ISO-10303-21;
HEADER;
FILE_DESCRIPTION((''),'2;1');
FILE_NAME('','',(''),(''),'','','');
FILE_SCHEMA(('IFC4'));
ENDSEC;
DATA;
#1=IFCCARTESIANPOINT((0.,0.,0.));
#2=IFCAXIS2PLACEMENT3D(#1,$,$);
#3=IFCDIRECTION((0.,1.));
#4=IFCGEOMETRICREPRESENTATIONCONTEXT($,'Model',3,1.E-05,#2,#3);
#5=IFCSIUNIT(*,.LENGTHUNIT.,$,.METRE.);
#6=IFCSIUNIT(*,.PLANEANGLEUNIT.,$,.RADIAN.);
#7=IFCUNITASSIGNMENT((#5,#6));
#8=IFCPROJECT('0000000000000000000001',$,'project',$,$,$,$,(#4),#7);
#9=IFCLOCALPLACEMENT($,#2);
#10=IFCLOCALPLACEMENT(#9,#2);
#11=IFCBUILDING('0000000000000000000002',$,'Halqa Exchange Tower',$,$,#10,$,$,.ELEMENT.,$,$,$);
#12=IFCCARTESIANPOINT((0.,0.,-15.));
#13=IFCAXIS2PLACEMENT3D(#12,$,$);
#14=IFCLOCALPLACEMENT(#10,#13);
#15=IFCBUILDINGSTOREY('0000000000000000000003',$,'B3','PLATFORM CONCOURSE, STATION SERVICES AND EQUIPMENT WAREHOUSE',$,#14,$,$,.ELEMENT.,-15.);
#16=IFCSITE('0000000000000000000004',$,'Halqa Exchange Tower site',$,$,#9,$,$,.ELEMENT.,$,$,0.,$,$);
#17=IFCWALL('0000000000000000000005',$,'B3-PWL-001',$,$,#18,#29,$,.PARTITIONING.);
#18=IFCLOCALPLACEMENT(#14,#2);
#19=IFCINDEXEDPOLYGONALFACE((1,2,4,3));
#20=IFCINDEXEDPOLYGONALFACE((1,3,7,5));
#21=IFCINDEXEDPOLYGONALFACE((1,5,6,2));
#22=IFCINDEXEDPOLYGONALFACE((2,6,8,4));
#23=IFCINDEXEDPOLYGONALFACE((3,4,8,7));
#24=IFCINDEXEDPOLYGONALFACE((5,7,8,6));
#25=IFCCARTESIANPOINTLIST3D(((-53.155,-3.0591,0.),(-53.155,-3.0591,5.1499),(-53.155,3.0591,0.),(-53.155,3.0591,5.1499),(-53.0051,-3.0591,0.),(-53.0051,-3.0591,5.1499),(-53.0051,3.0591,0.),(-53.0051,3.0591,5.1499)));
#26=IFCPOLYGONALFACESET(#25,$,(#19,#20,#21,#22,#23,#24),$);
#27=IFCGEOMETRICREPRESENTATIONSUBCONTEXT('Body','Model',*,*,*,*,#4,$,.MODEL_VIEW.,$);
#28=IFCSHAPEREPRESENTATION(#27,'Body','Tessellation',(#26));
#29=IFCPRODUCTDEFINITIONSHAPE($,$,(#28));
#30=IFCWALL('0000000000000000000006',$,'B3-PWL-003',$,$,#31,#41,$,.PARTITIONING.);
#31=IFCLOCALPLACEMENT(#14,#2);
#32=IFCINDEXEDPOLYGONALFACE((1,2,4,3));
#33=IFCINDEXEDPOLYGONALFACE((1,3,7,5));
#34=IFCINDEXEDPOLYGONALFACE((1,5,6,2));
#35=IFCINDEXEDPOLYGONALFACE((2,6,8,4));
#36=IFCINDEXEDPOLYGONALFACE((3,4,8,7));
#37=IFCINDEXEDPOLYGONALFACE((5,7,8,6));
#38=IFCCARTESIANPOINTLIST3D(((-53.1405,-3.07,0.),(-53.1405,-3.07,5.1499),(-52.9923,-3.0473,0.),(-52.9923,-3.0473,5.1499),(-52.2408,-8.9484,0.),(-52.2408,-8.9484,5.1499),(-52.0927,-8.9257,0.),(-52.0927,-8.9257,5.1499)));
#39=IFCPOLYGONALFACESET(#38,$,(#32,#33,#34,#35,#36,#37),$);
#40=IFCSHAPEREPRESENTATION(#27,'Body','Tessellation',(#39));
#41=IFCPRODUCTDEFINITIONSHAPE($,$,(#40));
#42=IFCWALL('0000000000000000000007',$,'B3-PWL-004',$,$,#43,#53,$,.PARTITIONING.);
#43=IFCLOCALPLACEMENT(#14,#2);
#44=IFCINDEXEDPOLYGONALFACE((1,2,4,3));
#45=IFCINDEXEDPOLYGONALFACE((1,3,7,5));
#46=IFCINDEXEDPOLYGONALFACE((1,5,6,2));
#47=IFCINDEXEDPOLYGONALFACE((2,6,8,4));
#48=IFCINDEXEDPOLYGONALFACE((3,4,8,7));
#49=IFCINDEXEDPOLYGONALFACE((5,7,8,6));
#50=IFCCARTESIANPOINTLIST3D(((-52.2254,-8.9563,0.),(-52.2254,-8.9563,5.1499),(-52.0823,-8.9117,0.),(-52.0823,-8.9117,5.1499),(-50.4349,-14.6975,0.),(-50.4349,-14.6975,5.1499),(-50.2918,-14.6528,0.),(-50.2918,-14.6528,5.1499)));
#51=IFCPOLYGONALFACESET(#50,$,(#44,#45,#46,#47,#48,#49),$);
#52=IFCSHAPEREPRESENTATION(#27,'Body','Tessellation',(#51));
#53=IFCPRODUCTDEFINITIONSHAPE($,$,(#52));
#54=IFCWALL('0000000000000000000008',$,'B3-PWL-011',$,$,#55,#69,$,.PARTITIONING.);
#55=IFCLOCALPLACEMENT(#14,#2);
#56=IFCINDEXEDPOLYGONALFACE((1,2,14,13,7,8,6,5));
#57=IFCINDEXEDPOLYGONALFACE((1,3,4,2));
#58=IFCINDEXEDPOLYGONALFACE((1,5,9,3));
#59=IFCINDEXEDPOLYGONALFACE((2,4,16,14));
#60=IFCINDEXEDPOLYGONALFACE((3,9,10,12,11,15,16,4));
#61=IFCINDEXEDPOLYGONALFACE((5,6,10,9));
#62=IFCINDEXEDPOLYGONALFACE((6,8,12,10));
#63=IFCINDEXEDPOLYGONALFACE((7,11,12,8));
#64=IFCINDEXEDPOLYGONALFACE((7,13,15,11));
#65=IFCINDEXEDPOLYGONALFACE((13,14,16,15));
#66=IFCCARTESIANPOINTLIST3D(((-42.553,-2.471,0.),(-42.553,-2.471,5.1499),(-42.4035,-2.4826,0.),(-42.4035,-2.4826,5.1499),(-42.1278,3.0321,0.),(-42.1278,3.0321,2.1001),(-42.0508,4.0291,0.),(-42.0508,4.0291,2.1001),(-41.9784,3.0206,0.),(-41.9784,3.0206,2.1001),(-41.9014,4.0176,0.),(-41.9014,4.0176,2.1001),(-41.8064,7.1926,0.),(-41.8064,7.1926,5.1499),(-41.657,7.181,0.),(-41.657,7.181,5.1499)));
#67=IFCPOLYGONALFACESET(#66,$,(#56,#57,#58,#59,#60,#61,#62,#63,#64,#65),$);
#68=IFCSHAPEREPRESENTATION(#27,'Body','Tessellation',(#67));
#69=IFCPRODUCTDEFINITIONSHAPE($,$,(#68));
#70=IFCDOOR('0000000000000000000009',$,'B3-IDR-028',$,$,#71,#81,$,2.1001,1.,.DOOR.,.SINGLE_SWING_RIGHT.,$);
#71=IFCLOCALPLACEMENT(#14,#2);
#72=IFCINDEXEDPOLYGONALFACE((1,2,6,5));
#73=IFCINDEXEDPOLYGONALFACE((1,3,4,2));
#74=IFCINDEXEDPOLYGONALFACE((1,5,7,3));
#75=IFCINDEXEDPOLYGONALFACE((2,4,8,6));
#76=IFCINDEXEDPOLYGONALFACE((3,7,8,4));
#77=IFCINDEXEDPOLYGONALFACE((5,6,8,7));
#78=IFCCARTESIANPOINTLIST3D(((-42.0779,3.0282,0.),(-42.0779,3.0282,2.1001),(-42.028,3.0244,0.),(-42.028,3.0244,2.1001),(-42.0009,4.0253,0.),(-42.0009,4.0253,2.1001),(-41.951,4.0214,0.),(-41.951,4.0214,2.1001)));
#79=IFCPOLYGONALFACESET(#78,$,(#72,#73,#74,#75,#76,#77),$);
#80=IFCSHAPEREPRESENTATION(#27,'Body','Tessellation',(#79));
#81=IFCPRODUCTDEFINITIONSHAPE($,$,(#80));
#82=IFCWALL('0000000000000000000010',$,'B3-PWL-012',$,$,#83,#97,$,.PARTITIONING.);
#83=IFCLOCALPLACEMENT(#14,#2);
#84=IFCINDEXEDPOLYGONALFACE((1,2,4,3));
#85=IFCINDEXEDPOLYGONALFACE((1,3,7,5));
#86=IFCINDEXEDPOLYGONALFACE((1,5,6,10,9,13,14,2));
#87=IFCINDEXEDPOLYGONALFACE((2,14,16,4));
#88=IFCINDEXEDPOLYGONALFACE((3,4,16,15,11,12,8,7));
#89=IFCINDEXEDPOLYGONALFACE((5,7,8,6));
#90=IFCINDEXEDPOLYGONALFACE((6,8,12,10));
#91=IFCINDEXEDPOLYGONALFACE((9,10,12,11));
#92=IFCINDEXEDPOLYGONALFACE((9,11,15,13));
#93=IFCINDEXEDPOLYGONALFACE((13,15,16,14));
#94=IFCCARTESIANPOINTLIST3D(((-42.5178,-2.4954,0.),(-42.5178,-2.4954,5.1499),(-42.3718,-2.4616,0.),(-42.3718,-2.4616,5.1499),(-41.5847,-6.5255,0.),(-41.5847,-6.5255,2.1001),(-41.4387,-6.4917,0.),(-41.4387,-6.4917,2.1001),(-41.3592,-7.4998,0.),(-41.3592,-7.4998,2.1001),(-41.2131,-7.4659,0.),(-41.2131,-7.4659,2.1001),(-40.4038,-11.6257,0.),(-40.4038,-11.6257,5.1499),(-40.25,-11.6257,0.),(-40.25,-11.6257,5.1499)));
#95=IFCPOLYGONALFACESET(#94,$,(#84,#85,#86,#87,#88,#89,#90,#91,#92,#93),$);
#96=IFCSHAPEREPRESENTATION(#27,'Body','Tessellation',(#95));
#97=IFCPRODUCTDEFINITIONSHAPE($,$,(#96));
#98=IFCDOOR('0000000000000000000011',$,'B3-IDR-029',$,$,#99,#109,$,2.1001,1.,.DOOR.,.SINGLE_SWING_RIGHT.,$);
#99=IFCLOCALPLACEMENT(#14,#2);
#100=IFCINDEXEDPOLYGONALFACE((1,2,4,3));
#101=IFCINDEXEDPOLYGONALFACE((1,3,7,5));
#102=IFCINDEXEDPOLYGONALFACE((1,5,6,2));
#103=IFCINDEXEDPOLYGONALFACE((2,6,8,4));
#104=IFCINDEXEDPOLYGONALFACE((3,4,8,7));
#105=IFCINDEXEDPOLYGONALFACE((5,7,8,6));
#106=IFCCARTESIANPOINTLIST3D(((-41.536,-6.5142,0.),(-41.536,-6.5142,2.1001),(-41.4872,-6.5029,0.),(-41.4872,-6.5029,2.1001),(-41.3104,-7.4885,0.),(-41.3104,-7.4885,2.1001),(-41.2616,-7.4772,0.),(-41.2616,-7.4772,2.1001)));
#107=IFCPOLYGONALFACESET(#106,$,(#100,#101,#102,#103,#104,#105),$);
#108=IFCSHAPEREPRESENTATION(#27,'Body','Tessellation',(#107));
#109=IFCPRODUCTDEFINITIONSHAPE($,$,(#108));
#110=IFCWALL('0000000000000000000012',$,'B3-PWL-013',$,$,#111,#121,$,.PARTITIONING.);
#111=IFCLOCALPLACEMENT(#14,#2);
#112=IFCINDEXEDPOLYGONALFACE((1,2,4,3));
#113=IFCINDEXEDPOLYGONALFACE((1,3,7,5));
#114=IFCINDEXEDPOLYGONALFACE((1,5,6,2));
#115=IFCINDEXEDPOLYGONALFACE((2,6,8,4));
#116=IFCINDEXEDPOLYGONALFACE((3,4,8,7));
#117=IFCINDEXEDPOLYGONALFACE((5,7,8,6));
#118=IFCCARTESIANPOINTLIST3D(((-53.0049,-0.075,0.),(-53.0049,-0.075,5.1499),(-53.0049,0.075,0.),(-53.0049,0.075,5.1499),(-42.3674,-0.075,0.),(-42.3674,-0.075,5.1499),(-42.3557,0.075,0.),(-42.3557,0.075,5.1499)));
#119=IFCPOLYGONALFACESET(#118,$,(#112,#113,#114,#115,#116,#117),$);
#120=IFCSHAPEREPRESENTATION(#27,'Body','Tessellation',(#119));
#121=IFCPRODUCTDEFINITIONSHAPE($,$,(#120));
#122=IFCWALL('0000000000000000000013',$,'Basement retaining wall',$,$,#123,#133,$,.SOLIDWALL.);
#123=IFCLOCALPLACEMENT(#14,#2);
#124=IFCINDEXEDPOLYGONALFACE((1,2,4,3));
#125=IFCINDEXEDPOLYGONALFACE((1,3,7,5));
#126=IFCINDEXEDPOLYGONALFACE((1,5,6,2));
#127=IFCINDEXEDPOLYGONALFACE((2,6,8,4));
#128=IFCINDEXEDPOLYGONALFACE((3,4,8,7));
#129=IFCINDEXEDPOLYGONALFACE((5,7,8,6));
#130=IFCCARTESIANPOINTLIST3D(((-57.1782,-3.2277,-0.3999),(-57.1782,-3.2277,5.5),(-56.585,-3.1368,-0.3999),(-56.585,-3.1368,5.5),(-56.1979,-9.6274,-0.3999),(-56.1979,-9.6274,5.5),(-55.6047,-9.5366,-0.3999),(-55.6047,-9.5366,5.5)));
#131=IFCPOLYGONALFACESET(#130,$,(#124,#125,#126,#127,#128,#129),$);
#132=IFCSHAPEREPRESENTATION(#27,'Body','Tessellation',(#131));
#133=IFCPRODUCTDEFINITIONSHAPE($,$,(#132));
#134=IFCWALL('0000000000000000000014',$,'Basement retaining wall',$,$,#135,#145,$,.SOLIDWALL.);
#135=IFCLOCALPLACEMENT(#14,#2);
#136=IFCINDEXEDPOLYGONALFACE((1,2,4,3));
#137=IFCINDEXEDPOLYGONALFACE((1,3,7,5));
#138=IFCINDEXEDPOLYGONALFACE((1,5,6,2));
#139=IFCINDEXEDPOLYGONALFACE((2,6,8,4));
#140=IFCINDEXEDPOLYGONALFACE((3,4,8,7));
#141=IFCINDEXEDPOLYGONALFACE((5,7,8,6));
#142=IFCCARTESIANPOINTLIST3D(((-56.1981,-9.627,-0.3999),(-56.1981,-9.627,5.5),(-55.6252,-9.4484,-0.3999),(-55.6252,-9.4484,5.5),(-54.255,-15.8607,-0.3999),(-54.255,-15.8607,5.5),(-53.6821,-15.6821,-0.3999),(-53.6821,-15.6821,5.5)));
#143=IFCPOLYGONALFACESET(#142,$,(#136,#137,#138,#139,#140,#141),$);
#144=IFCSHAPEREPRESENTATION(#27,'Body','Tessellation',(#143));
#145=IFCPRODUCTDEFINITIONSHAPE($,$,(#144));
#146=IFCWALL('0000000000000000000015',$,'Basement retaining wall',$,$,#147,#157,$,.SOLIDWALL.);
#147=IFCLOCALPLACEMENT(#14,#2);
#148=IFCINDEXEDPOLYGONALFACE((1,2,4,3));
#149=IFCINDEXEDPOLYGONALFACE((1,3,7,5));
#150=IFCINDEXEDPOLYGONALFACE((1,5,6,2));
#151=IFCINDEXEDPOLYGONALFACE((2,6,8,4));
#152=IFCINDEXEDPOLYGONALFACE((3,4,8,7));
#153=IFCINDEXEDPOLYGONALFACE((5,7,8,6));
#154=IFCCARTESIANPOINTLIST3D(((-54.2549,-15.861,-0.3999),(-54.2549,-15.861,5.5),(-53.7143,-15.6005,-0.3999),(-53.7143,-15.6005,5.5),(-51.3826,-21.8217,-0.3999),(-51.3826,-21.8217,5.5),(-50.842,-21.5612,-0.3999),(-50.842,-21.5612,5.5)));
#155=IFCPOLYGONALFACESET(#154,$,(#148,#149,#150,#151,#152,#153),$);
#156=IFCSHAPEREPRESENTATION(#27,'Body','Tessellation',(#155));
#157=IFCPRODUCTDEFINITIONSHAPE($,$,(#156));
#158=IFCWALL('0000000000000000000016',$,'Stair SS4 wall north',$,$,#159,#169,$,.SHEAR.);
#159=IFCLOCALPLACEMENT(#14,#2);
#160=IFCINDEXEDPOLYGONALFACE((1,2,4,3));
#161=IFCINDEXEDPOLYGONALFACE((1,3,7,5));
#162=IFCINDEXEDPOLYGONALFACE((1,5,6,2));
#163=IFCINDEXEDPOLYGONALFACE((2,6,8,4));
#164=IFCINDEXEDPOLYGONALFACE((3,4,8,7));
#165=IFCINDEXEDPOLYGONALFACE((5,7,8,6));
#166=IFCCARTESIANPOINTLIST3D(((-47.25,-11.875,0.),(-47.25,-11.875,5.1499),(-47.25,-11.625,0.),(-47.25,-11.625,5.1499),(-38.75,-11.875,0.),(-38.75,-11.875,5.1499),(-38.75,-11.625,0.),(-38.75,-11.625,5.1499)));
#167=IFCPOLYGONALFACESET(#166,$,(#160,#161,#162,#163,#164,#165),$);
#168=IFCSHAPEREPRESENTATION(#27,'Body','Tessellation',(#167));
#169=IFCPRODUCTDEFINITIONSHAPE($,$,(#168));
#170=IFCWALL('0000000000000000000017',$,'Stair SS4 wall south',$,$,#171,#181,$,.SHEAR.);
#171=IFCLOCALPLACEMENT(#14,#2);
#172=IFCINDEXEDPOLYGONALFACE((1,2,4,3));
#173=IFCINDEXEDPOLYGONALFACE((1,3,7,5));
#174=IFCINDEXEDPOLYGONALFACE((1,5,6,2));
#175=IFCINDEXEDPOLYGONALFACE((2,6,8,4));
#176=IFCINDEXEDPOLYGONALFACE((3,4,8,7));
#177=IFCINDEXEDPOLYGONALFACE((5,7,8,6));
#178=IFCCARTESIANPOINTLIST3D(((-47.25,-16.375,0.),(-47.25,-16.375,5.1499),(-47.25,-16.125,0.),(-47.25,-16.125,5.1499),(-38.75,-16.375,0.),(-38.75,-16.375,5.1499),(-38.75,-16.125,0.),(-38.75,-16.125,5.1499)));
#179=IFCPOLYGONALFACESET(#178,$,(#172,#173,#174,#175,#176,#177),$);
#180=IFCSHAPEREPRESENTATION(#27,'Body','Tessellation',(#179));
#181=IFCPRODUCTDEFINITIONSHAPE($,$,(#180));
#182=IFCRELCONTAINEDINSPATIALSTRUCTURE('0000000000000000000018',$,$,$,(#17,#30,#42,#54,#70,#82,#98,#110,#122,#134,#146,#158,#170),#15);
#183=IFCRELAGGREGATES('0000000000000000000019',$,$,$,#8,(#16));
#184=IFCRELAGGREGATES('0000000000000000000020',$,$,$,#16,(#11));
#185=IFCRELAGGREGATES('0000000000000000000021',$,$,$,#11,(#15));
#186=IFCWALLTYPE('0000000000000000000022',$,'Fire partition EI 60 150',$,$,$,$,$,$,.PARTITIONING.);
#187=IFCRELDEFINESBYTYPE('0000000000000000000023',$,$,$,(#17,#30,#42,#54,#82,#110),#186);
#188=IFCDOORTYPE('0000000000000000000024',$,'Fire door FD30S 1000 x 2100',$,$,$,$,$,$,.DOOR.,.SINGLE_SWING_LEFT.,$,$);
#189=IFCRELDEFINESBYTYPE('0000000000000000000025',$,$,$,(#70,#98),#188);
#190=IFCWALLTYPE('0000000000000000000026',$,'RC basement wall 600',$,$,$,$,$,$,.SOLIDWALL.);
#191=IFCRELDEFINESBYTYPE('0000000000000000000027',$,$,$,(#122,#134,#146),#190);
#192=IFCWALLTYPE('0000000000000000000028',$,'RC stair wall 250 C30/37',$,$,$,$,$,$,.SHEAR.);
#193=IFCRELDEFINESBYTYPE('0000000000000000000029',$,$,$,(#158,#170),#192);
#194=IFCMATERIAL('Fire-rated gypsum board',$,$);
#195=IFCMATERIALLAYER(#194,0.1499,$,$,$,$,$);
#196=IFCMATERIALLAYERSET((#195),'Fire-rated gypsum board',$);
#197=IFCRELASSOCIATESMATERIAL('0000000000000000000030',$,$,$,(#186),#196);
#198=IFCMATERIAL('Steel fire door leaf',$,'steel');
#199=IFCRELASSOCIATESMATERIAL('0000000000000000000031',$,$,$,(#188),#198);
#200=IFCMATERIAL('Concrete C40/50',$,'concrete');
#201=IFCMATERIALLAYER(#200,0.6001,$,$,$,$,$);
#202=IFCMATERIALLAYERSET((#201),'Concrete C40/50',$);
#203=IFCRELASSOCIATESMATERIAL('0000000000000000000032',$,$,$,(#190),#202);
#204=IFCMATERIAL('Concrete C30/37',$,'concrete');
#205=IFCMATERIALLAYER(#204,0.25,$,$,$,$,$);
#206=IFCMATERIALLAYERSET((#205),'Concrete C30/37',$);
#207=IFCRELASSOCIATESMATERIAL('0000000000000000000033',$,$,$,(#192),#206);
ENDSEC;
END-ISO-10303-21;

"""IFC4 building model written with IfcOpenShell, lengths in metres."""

from ifc_helpers import new_model, si_unit, direction, frame, frame_2d, origin, place, context, subcontext, project, spatial, polyline, rectangle, outline, extrude, material, layer, layer_set, type_object, element, fill, save


model = new_model("IFC4")

# Units and contexts
model_context = context("Model", 3, precision=1e-05, world=origin(), true_north=direction((0.0, 1.0)))
body_context = subcontext(model_context, "Body", "Model", "MODEL_VIEW")
ifc_project = project(units=[si_unit("LENGTHUNIT", "METRE"), si_unit("PLANEANGLEUNIT", "RADIAN")], contexts=[model_context])

# Site, building, storey
site_placement = place(None, origin())
site = spatial("IfcSite", under=ifc_project, at=site_placement, Name="Halqa Exchange Tower site", CompositionType="ELEMENT", RefElevation=0.0)
building_placement = place(site_placement, origin())
building = spatial("IfcBuilding", under=site, at=building_placement, Name="Halqa Exchange Tower", CompositionType="ELEMENT")
storey_placement = place(building_placement, frame((0.0, 0.0, -15.0)))
storey = spatial("IfcBuildingStorey", under=building, at=storey_placement, Name="B3", Description="PLATFORM CONCOURSE, STATION SERVICES AND EQUIPMENT WAREHOUSE", CompositionType="ELEMENT", Elevation=-15.0)

# Shared definitions
ifc_material_1 = material(Name="Concrete C40/50", Category="concrete")

# Walls
ifc_material_2 = material(Name="Fire-rated gypsum board")
ifc_layer_1 = layer(ifc_material_2, 0.1499)
ifc_layer_set_1 = layer_set([ifc_layer_1], Name="Fire-rated gypsum board")
wall_type_1 = type_object("IfcWallType", Name="Fire partition EI 60 150", PredefinedType="PARTITIONING", material=ifc_layer_set_1)
wall_1_placement = place(storey_placement, frame((-53.0801, -3.0591, 0.0), z_axis=(0.0, 0.0, 1.0), x_axis=(0.0, 1.0, 0.0)))
element("IfcWall", 1, at=wall_1_placement, inside=storey, type_object=wall_type_1, Name="B3-PWL-001", PredefinedType="PARTITIONING", context=body_context, shape_type="SweptSolid", body=[
    extrude(rectangle(XDim=6.1182, YDim=0.1499, at=frame_2d((3.0591, 0.0))), origin(), (0.0, 0.0, 1.0), 5.1499),
])
wall_2_placement = place(storey_placement, frame((-52.1667, -8.937, 0.0), z_axis=(0.0, 0.0, 1.0), x_axis=(-0.151283, 0.988491, 0.0)))
element("IfcWall", 2, at=wall_2_placement, inside=storey, type_object=wall_type_1, Name="B3-PWL-003", PredefinedType="PARTITIONING", context=body_context, shape_type="SweptSolid", body=[
    extrude(rectangle(XDim=5.9468, YDim=0.1499, at=frame_2d((2.9734, 0.0))), origin(), (0.0, 0.0, 1.0), 5.1499),
])
wall_3_placement = place(storey_placement, frame((-52.1538, -8.9341, 0.0), z_axis=(0.0, 0.0, 1.0), x_axis=(0.297729, -0.95465, 0.0)))
element("IfcWall", 3, at=wall_3_placement, inside=storey, type_object=wall_type_1, Name="B3-PWL-004", PredefinedType="PARTITIONING", context=body_context, shape_type="SweptSolid", body=[
    extrude(rectangle(XDim=6.0139, YDim=0.1499, at=frame_2d((3.0068, 0.0))), origin(), (0.0, 0.0, 1.0), 5.1499),
])

# Walls, openings, doors
wall_4_placement = place(storey_placement, frame((-42.4783, -2.4768, 0.0), z_axis=(0.0, 0.0, 1.0), x_axis=(0.077028, 0.997029, 0.0)))
wall_4 = element("IfcWall", 4, at=wall_4_placement, inside=storey, type_object=wall_type_1, Name="B3-PWL-011", PredefinedType="PARTITIONING", context=body_context, shape_type="SweptSolid", body=[
    extrude(rectangle(XDim=9.6924, YDim=0.1499, at=frame_2d((4.8462, 0.0))), origin(), (0.0, 0.0, 1.0), 5.1499),
])
opening_1_placement = place(wall_4_placement, frame((5.5195, 0.0, 0.0)))
opening_1 = element("IfcOpeningElement", 5, at=opening_1_placement, cuts=wall_4, PredefinedType="OPENING", context=body_context, shape_type="SweptSolid", body=[
    extrude(rectangle(XDim=1.0, YDim=2.1001, at=frame_2d((0.5, 1.05))), frame((0.0, 0.0869, 0.0), z_axis=(0.0, -1.0, 0.0), x_axis=(1.0, 0.0, 0.0)), (0.0, 0.0, 1.0), 0.1738),
])
ifc_material_3 = material(Name="Steel fire door leaf", Category="steel")
door_type = type_object("IfcDoorType", Name="Fire door FD30S 1000 x 2100", OperationType="SINGLE_SWING_LEFT", PredefinedType="DOOR", material=ifc_material_3)
door_1_placement = place(opening_1_placement, origin())
door_1 = element("IfcDoor", 6, at=door_1_placement, inside=storey, type_object=door_type, Name="B3-IDR-028", OperationType="SINGLE_SWING_RIGHT", OverallHeight=2.1001, OverallWidth=1.0, PredefinedType="DOOR", context=body_context, shape_type="SweptSolid", body=[
    extrude(rectangle(XDim=1.0, YDim=2.1001, at=frame_2d((0.5, 1.05))), frame((0.0, 0.0249, 0.0), z_axis=(0.0, -1.0, 0.0), x_axis=(1.0, 0.0, 0.0)), (0.0, 0.0, 1.0), 0.05),
])
fill(opening_1, door_1)
wall_5_placement = place(storey_placement, frame((-42.4448, -2.4785, 0.0), z_axis=(0.0, 0.0, 1.0), x_axis=(0.22557, -0.974227, 0.0)))
wall_5 = element("IfcWall", 7, at=wall_5_placement, inside=storey, type_object=wall_type_1, Name="B3-PWL-012", PredefinedType="PARTITIONING", context=body_context, shape_type="SweptSolid", body=[
    extrude(outline(polyline([(0.0, -0.075), (9.3718, -0.075), (9.4065, 0.075), (0.0, 0.075), (0.0, -0.075)])), origin(), (0.0, 0.0, 1.0), 5.1499),
])
opening_2_placement = place(wall_5_placement, frame((4.1367, 0.0, 0.0)))
opening_2 = element("IfcOpeningElement", 8, at=opening_2_placement, cuts=wall_5, PredefinedType="OPENING", context=body_context, shape_type="SweptSolid", body=[
    extrude(rectangle(XDim=1.0, YDim=2.1001, at=frame_2d((0.5, 1.05))), frame((0.0, 0.0869, 0.0), z_axis=(0.0, -1.0, 0.0), x_axis=(1.0, 0.0, 0.0)), (0.0, 0.0, 1.0), 0.1738),
])
door_2_placement = place(opening_2_placement, frame((1.0, 0.0, 0.0), z_axis=(0.0, 0.0, 1.0), x_axis=(-1.0, 0.0, 0.0)))
door_2 = element("IfcDoor", 9, at=door_2_placement, inside=storey, type_object=door_type, Name="B3-IDR-029", OperationType="SINGLE_SWING_RIGHT", OverallHeight=2.1001, OverallWidth=1.0, PredefinedType="DOOR", context=body_context, shape_type="SweptSolid", body=[
    extrude(rectangle(XDim=1.0, YDim=2.1001, at=frame_2d((0.5, 1.05))), frame((0.0, 0.0249, 0.0), z_axis=(0.0, -1.0, 0.0), x_axis=(1.0, 0.0, 0.0)), (0.0, 0.0, 1.0), 0.05),
])
fill(opening_2, door_2)

# Walls
wall_6_placement = place(storey_placement, frame((-42.3616, 0.0, 0.0), z_axis=(0.0, 0.0, 1.0), x_axis=(-1.0, 0.0, 0.0)))
element("IfcWall", 10, at=wall_6_placement, inside=storey, type_object=wall_type_1, Name="B3-PWL-013", PredefinedType="PARTITIONING", context=body_context, shape_type="SweptSolid", body=[
    extrude(outline(polyline([(-0.0059, -0.075), (10.6433, -0.075), (10.6433, 0.075), (0.0059, 0.075), (-0.0059, -0.075)])), origin(), (0.0, 0.0, 1.0), 5.1499),
])
ifc_layer_2 = layer(ifc_material_1, 0.6001)
ifc_layer_set_2 = layer_set([ifc_layer_2], Name="Concrete C40/50")
wall_type_2 = type_object("IfcWallType", Name="RC basement wall 600", PredefinedType="SOLIDWALL", material=ifc_layer_set_2)
wall_7_placement = place(storey_placement, frame((-56.8816, -3.1821, -0.3999), z_axis=(0.0, 0.0, 1.0), x_axis=(0.151403, -0.988472, 0.0)))
element("IfcWall", 11, at=wall_7_placement, inside=storey, type_object=wall_type_2, Name="Basement retaining wall", PredefinedType="SOLIDWALL", context=body_context, shape_type="SweptSolid", body=[
    extrude(rectangle(XDim=6.4744, YDim=0.6001, at=frame_2d((3.2373, 0.0))), origin(), (0.0, 0.0, 1.0), 5.8999),
])
wall_8_placement = place(storey_placement, frame((-55.9116, -9.5378, -0.3999), z_axis=(0.0, 0.0, 1.0), x_axis=(0.297592, -0.954693, 0.0)))
element("IfcWall", 12, at=wall_8_placement, inside=storey, type_object=wall_type_2, Name="Basement retaining wall", PredefinedType="SOLIDWALL", context=body_context, shape_type="SweptSolid", body=[
    extrude(rectangle(XDim=6.5295, YDim=0.6001, at=frame_2d((3.2646, 0.0))), origin(), (0.0, 0.0, 1.0), 5.8999),
])
wall_9_placement = place(storey_placement, frame((-53.9846, -15.7307, -0.3999), z_axis=(0.0, 0.0, 1.0), x_axis=(0.434104, -0.900863, 0.0)))
element("IfcWall", 13, at=wall_9_placement, inside=storey, type_object=wall_type_2, Name="Basement retaining wall", PredefinedType="SOLIDWALL", context=body_context, shape_type="SweptSolid", body=[
    extrude(rectangle(XDim=6.6167, YDim=0.6001, at=frame_2d((3.3083, 0.0))), origin(), (0.0, 0.0, 1.0), 5.8999),
])
ifc_material_4 = material(Name="Concrete C30/37", Category="concrete")
ifc_layer_3 = layer(ifc_material_4, 0.25)
ifc_layer_set_3 = layer_set([ifc_layer_3], Name="Concrete C30/37")
wall_type_3 = type_object("IfcWallType", Name="RC stair wall 250 C30/37", PredefinedType="SHEAR", material=ifc_layer_set_3)
for number, where, z_axis, x_axis, name in (
    (14, (-47.25, -11.75, 0.0), (0.0, 0.0, 1.0), (1.0, 0.0, 0.0), "Stair SS4 wall north"),
    (15, (-47.25, -16.25, 0.0), (0.0, 0.0, 1.0), (1.0, 0.0, 0.0), "Stair SS4 wall south"),
):
    element("IfcWall", number, at=place(storey_placement, frame(where, z_axis=z_axis, x_axis=x_axis)), inside=storey, type_object=wall_type_3, Name=name, PredefinedType="SHEAR", context=body_context, shape_type="SweptSolid", body=[
        extrude(rectangle(XDim=8.5, YDim=0.25, at=frame_2d((4.25, 0.0))), origin(), (0.0, 0.0, 1.0), 5.1499),
    ])

save(model, "model.ifc")
